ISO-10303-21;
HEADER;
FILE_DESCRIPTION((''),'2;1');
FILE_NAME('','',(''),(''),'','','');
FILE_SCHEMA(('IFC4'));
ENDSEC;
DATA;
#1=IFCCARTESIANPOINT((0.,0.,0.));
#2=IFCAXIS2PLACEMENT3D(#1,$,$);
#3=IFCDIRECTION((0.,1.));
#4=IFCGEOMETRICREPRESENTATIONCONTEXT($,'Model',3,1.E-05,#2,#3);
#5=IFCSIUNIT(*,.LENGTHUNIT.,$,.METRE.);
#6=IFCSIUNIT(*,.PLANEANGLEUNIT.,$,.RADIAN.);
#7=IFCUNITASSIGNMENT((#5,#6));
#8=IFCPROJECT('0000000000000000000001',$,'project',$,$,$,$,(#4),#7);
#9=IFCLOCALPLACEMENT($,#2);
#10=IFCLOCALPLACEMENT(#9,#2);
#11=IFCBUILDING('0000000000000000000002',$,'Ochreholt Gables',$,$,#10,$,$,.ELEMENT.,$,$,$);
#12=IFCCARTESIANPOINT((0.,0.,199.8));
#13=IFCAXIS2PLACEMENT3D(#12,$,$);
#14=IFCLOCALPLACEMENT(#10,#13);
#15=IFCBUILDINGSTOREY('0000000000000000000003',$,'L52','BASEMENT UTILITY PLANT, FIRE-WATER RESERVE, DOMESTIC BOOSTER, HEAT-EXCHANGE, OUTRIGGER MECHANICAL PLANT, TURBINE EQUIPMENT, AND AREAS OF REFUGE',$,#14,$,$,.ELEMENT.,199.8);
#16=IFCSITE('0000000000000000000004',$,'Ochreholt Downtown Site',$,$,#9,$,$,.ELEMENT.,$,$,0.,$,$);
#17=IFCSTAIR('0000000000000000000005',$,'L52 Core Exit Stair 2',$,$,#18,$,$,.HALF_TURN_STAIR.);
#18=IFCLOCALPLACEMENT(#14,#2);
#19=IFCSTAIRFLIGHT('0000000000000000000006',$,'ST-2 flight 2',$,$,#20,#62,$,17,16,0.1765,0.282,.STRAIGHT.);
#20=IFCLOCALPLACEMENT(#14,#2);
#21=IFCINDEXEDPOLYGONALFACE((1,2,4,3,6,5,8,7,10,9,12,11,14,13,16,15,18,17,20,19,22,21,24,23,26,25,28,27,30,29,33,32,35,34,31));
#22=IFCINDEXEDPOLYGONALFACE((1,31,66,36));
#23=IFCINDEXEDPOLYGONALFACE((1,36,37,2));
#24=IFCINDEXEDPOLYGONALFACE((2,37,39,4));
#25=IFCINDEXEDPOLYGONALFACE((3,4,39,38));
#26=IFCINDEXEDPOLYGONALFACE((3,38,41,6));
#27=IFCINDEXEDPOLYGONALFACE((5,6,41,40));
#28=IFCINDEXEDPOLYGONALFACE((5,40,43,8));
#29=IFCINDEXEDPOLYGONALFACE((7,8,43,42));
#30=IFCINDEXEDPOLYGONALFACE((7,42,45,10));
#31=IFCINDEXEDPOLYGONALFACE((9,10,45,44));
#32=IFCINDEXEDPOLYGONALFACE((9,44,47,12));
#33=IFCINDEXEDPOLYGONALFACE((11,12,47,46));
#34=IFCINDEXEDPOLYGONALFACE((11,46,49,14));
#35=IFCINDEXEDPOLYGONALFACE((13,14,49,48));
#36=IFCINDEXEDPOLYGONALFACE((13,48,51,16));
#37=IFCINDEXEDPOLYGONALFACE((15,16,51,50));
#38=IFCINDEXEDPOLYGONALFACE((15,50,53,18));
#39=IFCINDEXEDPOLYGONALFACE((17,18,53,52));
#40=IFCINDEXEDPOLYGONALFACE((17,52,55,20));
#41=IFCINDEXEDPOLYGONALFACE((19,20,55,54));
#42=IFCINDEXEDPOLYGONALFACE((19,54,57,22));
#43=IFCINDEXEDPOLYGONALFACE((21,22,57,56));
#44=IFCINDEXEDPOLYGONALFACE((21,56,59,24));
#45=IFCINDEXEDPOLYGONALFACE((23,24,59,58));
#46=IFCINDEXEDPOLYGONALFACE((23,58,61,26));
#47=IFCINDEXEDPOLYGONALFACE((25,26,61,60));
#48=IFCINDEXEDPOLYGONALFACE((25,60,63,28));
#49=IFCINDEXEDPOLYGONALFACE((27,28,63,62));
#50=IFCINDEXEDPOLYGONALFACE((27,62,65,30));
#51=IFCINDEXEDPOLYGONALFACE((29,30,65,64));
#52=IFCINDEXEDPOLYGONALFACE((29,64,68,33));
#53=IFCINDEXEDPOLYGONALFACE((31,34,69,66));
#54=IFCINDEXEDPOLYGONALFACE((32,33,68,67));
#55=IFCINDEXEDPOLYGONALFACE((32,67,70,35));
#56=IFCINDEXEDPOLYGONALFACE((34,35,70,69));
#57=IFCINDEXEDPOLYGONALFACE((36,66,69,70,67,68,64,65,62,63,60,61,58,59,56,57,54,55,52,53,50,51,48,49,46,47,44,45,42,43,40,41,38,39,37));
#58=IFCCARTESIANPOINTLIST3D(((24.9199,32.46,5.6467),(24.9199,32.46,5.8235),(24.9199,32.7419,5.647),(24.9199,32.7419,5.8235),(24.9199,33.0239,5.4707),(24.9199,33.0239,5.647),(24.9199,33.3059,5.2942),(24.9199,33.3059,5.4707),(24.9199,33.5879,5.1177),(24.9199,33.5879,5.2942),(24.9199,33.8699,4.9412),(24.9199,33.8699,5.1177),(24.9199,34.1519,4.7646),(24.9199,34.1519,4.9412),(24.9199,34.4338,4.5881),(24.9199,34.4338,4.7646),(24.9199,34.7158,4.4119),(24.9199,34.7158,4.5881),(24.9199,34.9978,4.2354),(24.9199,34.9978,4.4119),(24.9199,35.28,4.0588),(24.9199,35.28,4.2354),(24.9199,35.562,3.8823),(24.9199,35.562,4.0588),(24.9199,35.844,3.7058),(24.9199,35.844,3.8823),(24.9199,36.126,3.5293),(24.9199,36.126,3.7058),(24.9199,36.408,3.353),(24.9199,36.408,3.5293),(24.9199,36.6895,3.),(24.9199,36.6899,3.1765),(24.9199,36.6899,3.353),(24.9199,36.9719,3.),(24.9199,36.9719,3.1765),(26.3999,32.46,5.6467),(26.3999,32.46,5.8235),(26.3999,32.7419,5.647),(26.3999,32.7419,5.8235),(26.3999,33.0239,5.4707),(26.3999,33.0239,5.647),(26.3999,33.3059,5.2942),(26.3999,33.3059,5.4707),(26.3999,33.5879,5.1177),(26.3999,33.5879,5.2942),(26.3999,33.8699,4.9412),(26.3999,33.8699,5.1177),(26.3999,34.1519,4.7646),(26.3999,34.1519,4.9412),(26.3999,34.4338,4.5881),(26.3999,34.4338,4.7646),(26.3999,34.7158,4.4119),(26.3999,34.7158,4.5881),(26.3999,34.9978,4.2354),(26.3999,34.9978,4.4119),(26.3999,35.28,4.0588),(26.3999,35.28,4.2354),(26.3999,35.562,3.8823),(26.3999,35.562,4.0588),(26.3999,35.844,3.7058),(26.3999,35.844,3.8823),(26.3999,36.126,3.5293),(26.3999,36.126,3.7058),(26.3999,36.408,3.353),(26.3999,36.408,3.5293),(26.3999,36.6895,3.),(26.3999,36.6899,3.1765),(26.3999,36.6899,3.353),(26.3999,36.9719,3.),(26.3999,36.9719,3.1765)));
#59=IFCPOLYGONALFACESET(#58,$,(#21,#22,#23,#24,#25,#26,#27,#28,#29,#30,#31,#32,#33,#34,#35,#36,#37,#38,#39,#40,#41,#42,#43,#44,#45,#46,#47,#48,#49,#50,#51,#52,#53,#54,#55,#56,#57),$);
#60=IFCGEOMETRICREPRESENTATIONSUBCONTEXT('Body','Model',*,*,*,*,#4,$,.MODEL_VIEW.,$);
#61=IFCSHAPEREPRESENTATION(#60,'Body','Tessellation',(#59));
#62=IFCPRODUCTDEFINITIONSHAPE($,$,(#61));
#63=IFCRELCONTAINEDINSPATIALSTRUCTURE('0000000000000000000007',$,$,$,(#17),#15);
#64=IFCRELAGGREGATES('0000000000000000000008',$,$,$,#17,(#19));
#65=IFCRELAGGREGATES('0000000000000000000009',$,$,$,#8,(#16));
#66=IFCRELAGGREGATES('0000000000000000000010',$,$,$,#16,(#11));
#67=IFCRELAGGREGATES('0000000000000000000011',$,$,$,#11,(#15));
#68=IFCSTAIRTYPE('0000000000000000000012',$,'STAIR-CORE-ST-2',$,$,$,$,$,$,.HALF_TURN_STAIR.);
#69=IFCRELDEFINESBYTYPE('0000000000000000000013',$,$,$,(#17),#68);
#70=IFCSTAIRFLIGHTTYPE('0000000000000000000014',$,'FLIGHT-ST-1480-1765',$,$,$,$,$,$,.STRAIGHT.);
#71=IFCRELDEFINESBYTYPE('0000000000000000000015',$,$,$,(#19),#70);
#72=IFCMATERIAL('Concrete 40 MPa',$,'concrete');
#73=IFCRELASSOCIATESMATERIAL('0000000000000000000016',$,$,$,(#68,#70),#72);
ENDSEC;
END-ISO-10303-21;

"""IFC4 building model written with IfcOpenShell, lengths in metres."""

from ifc_helpers import new_model, si_unit, direction, frame, origin, place, context, subcontext, project, spatial, polyline, outline, extrude, material, type_object, element, aggregate, save


model = new_model("IFC4")

# Units and contexts
model_context = context("Model", 3, precision=1e-05, world=origin(), true_north=direction((0.0, 1.0)))
body_context = subcontext(model_context, "Body", "Model", "MODEL_VIEW")
ifc_project = project(units=[si_unit("LENGTHUNIT", "METRE"), si_unit("PLANEANGLEUNIT", "RADIAN")], contexts=[model_context])

# Site, building, storey
site_placement = place(None, origin())
site = spatial("IfcSite", under=ifc_project, at=site_placement, Name="Ochreholt Downtown Site", CompositionType="ELEMENT", RefElevation=0.0)
building_placement = place(site_placement, origin())
building = spatial("IfcBuilding", under=site, at=building_placement, Name="Ochreholt Gables", CompositionType="ELEMENT")
storey_placement = place(building_placement, frame((0.0, 0.0, 199.8)))
storey = spatial("IfcBuildingStorey", under=building, at=storey_placement, Name="L52", Description="BASEMENT UTILITY PLANT, FIRE-WATER RESERVE, DOMESTIC BOOSTER, HEAT-EXCHANGE, OUTRIGGER MECHANICAL PLANT, TURBINE EQUIPMENT, AND AREAS OF REFUGE", CompositionType="ELEMENT", Elevation=199.8)

# Shared definitions
ifc_material_1 = material(Name="Concrete 40 MPa", Category="concrete")

# Stair, stair flight
stair_type = type_object("IfcStairType", Name="STAIR-CORE-ST-2", PredefinedType="HALF_TURN_STAIR", material=ifc_material_1)
stair_placement = place(storey_placement, origin())
stair = element("IfcStair", 1, at=stair_placement, inside=storey, type_object=stair_type, Name="L52 Core Exit Stair 2", PredefinedType="HALF_TURN_STAIR")
stair_flight_type = type_object("IfcStairFlightType", Name="FLIGHT-ST-1480-1765", PredefinedType="STRAIGHT", material=ifc_material_1)
stair_flight_1_placement = place(storey_placement, frame((25.6599, 36.9719, 3.0), z_axis=(0.0, 0.0, 1.0), x_axis=(0.0, -1.0, 0.0)))
stair_flight_1 = element("IfcStairFlight", 2, at=stair_flight_1_placement, type_object=stair_flight_type, Name="ST-2 flight 2", NumberOfRisers=17, NumberOfTreads=16, PredefinedType="STRAIGHT", RiserHeight=0.1765, TreadLength=0.282, context=body_context, shape_type="SweptSolid", body=[
    extrude(outline(polyline([(0.0, 0.0), (0.0, 0.1765), (0.282, 0.1765), (0.282, 0.353), (0.564, 0.353), (0.564, 0.5293), (0.8459, 0.5293), (0.8459, 0.7058), (1.1279, 0.7058), (1.1279, 0.8823), (1.4099, 0.8823), (1.4099, 1.0588), (1.6919, 1.0588), (1.6919, 1.2354), (1.9741, 1.2354), (1.9741, 1.4119), (2.2561, 1.4119), (2.2561, 1.5881), (2.5381, 1.5881), (2.5381, 1.7646), (2.8201, 1.7646), (2.8201, 1.9412), (3.1021, 1.9412), (3.1021, 2.1177), (3.384, 2.1177), (3.384, 2.2942), (3.666, 2.2942), (3.666, 2.4707), (3.948, 2.4707), (3.948, 2.647), (4.23, 2.647), (4.23, 2.8235), (4.512, 2.8235), (4.512, 3.0), (4.512, 2.6467), (0.2825, 0.0), (0.0, 0.0)])), frame((0.0, 0.74, 0.0), z_axis=(0.0, -1.0, 0.0), x_axis=(1.0, 0.0, 0.0)), (0.0, 0.0, 1.0), 1.48),
])
aggregate(stair, [stair_flight_1])

save(model, "model.ifc")
